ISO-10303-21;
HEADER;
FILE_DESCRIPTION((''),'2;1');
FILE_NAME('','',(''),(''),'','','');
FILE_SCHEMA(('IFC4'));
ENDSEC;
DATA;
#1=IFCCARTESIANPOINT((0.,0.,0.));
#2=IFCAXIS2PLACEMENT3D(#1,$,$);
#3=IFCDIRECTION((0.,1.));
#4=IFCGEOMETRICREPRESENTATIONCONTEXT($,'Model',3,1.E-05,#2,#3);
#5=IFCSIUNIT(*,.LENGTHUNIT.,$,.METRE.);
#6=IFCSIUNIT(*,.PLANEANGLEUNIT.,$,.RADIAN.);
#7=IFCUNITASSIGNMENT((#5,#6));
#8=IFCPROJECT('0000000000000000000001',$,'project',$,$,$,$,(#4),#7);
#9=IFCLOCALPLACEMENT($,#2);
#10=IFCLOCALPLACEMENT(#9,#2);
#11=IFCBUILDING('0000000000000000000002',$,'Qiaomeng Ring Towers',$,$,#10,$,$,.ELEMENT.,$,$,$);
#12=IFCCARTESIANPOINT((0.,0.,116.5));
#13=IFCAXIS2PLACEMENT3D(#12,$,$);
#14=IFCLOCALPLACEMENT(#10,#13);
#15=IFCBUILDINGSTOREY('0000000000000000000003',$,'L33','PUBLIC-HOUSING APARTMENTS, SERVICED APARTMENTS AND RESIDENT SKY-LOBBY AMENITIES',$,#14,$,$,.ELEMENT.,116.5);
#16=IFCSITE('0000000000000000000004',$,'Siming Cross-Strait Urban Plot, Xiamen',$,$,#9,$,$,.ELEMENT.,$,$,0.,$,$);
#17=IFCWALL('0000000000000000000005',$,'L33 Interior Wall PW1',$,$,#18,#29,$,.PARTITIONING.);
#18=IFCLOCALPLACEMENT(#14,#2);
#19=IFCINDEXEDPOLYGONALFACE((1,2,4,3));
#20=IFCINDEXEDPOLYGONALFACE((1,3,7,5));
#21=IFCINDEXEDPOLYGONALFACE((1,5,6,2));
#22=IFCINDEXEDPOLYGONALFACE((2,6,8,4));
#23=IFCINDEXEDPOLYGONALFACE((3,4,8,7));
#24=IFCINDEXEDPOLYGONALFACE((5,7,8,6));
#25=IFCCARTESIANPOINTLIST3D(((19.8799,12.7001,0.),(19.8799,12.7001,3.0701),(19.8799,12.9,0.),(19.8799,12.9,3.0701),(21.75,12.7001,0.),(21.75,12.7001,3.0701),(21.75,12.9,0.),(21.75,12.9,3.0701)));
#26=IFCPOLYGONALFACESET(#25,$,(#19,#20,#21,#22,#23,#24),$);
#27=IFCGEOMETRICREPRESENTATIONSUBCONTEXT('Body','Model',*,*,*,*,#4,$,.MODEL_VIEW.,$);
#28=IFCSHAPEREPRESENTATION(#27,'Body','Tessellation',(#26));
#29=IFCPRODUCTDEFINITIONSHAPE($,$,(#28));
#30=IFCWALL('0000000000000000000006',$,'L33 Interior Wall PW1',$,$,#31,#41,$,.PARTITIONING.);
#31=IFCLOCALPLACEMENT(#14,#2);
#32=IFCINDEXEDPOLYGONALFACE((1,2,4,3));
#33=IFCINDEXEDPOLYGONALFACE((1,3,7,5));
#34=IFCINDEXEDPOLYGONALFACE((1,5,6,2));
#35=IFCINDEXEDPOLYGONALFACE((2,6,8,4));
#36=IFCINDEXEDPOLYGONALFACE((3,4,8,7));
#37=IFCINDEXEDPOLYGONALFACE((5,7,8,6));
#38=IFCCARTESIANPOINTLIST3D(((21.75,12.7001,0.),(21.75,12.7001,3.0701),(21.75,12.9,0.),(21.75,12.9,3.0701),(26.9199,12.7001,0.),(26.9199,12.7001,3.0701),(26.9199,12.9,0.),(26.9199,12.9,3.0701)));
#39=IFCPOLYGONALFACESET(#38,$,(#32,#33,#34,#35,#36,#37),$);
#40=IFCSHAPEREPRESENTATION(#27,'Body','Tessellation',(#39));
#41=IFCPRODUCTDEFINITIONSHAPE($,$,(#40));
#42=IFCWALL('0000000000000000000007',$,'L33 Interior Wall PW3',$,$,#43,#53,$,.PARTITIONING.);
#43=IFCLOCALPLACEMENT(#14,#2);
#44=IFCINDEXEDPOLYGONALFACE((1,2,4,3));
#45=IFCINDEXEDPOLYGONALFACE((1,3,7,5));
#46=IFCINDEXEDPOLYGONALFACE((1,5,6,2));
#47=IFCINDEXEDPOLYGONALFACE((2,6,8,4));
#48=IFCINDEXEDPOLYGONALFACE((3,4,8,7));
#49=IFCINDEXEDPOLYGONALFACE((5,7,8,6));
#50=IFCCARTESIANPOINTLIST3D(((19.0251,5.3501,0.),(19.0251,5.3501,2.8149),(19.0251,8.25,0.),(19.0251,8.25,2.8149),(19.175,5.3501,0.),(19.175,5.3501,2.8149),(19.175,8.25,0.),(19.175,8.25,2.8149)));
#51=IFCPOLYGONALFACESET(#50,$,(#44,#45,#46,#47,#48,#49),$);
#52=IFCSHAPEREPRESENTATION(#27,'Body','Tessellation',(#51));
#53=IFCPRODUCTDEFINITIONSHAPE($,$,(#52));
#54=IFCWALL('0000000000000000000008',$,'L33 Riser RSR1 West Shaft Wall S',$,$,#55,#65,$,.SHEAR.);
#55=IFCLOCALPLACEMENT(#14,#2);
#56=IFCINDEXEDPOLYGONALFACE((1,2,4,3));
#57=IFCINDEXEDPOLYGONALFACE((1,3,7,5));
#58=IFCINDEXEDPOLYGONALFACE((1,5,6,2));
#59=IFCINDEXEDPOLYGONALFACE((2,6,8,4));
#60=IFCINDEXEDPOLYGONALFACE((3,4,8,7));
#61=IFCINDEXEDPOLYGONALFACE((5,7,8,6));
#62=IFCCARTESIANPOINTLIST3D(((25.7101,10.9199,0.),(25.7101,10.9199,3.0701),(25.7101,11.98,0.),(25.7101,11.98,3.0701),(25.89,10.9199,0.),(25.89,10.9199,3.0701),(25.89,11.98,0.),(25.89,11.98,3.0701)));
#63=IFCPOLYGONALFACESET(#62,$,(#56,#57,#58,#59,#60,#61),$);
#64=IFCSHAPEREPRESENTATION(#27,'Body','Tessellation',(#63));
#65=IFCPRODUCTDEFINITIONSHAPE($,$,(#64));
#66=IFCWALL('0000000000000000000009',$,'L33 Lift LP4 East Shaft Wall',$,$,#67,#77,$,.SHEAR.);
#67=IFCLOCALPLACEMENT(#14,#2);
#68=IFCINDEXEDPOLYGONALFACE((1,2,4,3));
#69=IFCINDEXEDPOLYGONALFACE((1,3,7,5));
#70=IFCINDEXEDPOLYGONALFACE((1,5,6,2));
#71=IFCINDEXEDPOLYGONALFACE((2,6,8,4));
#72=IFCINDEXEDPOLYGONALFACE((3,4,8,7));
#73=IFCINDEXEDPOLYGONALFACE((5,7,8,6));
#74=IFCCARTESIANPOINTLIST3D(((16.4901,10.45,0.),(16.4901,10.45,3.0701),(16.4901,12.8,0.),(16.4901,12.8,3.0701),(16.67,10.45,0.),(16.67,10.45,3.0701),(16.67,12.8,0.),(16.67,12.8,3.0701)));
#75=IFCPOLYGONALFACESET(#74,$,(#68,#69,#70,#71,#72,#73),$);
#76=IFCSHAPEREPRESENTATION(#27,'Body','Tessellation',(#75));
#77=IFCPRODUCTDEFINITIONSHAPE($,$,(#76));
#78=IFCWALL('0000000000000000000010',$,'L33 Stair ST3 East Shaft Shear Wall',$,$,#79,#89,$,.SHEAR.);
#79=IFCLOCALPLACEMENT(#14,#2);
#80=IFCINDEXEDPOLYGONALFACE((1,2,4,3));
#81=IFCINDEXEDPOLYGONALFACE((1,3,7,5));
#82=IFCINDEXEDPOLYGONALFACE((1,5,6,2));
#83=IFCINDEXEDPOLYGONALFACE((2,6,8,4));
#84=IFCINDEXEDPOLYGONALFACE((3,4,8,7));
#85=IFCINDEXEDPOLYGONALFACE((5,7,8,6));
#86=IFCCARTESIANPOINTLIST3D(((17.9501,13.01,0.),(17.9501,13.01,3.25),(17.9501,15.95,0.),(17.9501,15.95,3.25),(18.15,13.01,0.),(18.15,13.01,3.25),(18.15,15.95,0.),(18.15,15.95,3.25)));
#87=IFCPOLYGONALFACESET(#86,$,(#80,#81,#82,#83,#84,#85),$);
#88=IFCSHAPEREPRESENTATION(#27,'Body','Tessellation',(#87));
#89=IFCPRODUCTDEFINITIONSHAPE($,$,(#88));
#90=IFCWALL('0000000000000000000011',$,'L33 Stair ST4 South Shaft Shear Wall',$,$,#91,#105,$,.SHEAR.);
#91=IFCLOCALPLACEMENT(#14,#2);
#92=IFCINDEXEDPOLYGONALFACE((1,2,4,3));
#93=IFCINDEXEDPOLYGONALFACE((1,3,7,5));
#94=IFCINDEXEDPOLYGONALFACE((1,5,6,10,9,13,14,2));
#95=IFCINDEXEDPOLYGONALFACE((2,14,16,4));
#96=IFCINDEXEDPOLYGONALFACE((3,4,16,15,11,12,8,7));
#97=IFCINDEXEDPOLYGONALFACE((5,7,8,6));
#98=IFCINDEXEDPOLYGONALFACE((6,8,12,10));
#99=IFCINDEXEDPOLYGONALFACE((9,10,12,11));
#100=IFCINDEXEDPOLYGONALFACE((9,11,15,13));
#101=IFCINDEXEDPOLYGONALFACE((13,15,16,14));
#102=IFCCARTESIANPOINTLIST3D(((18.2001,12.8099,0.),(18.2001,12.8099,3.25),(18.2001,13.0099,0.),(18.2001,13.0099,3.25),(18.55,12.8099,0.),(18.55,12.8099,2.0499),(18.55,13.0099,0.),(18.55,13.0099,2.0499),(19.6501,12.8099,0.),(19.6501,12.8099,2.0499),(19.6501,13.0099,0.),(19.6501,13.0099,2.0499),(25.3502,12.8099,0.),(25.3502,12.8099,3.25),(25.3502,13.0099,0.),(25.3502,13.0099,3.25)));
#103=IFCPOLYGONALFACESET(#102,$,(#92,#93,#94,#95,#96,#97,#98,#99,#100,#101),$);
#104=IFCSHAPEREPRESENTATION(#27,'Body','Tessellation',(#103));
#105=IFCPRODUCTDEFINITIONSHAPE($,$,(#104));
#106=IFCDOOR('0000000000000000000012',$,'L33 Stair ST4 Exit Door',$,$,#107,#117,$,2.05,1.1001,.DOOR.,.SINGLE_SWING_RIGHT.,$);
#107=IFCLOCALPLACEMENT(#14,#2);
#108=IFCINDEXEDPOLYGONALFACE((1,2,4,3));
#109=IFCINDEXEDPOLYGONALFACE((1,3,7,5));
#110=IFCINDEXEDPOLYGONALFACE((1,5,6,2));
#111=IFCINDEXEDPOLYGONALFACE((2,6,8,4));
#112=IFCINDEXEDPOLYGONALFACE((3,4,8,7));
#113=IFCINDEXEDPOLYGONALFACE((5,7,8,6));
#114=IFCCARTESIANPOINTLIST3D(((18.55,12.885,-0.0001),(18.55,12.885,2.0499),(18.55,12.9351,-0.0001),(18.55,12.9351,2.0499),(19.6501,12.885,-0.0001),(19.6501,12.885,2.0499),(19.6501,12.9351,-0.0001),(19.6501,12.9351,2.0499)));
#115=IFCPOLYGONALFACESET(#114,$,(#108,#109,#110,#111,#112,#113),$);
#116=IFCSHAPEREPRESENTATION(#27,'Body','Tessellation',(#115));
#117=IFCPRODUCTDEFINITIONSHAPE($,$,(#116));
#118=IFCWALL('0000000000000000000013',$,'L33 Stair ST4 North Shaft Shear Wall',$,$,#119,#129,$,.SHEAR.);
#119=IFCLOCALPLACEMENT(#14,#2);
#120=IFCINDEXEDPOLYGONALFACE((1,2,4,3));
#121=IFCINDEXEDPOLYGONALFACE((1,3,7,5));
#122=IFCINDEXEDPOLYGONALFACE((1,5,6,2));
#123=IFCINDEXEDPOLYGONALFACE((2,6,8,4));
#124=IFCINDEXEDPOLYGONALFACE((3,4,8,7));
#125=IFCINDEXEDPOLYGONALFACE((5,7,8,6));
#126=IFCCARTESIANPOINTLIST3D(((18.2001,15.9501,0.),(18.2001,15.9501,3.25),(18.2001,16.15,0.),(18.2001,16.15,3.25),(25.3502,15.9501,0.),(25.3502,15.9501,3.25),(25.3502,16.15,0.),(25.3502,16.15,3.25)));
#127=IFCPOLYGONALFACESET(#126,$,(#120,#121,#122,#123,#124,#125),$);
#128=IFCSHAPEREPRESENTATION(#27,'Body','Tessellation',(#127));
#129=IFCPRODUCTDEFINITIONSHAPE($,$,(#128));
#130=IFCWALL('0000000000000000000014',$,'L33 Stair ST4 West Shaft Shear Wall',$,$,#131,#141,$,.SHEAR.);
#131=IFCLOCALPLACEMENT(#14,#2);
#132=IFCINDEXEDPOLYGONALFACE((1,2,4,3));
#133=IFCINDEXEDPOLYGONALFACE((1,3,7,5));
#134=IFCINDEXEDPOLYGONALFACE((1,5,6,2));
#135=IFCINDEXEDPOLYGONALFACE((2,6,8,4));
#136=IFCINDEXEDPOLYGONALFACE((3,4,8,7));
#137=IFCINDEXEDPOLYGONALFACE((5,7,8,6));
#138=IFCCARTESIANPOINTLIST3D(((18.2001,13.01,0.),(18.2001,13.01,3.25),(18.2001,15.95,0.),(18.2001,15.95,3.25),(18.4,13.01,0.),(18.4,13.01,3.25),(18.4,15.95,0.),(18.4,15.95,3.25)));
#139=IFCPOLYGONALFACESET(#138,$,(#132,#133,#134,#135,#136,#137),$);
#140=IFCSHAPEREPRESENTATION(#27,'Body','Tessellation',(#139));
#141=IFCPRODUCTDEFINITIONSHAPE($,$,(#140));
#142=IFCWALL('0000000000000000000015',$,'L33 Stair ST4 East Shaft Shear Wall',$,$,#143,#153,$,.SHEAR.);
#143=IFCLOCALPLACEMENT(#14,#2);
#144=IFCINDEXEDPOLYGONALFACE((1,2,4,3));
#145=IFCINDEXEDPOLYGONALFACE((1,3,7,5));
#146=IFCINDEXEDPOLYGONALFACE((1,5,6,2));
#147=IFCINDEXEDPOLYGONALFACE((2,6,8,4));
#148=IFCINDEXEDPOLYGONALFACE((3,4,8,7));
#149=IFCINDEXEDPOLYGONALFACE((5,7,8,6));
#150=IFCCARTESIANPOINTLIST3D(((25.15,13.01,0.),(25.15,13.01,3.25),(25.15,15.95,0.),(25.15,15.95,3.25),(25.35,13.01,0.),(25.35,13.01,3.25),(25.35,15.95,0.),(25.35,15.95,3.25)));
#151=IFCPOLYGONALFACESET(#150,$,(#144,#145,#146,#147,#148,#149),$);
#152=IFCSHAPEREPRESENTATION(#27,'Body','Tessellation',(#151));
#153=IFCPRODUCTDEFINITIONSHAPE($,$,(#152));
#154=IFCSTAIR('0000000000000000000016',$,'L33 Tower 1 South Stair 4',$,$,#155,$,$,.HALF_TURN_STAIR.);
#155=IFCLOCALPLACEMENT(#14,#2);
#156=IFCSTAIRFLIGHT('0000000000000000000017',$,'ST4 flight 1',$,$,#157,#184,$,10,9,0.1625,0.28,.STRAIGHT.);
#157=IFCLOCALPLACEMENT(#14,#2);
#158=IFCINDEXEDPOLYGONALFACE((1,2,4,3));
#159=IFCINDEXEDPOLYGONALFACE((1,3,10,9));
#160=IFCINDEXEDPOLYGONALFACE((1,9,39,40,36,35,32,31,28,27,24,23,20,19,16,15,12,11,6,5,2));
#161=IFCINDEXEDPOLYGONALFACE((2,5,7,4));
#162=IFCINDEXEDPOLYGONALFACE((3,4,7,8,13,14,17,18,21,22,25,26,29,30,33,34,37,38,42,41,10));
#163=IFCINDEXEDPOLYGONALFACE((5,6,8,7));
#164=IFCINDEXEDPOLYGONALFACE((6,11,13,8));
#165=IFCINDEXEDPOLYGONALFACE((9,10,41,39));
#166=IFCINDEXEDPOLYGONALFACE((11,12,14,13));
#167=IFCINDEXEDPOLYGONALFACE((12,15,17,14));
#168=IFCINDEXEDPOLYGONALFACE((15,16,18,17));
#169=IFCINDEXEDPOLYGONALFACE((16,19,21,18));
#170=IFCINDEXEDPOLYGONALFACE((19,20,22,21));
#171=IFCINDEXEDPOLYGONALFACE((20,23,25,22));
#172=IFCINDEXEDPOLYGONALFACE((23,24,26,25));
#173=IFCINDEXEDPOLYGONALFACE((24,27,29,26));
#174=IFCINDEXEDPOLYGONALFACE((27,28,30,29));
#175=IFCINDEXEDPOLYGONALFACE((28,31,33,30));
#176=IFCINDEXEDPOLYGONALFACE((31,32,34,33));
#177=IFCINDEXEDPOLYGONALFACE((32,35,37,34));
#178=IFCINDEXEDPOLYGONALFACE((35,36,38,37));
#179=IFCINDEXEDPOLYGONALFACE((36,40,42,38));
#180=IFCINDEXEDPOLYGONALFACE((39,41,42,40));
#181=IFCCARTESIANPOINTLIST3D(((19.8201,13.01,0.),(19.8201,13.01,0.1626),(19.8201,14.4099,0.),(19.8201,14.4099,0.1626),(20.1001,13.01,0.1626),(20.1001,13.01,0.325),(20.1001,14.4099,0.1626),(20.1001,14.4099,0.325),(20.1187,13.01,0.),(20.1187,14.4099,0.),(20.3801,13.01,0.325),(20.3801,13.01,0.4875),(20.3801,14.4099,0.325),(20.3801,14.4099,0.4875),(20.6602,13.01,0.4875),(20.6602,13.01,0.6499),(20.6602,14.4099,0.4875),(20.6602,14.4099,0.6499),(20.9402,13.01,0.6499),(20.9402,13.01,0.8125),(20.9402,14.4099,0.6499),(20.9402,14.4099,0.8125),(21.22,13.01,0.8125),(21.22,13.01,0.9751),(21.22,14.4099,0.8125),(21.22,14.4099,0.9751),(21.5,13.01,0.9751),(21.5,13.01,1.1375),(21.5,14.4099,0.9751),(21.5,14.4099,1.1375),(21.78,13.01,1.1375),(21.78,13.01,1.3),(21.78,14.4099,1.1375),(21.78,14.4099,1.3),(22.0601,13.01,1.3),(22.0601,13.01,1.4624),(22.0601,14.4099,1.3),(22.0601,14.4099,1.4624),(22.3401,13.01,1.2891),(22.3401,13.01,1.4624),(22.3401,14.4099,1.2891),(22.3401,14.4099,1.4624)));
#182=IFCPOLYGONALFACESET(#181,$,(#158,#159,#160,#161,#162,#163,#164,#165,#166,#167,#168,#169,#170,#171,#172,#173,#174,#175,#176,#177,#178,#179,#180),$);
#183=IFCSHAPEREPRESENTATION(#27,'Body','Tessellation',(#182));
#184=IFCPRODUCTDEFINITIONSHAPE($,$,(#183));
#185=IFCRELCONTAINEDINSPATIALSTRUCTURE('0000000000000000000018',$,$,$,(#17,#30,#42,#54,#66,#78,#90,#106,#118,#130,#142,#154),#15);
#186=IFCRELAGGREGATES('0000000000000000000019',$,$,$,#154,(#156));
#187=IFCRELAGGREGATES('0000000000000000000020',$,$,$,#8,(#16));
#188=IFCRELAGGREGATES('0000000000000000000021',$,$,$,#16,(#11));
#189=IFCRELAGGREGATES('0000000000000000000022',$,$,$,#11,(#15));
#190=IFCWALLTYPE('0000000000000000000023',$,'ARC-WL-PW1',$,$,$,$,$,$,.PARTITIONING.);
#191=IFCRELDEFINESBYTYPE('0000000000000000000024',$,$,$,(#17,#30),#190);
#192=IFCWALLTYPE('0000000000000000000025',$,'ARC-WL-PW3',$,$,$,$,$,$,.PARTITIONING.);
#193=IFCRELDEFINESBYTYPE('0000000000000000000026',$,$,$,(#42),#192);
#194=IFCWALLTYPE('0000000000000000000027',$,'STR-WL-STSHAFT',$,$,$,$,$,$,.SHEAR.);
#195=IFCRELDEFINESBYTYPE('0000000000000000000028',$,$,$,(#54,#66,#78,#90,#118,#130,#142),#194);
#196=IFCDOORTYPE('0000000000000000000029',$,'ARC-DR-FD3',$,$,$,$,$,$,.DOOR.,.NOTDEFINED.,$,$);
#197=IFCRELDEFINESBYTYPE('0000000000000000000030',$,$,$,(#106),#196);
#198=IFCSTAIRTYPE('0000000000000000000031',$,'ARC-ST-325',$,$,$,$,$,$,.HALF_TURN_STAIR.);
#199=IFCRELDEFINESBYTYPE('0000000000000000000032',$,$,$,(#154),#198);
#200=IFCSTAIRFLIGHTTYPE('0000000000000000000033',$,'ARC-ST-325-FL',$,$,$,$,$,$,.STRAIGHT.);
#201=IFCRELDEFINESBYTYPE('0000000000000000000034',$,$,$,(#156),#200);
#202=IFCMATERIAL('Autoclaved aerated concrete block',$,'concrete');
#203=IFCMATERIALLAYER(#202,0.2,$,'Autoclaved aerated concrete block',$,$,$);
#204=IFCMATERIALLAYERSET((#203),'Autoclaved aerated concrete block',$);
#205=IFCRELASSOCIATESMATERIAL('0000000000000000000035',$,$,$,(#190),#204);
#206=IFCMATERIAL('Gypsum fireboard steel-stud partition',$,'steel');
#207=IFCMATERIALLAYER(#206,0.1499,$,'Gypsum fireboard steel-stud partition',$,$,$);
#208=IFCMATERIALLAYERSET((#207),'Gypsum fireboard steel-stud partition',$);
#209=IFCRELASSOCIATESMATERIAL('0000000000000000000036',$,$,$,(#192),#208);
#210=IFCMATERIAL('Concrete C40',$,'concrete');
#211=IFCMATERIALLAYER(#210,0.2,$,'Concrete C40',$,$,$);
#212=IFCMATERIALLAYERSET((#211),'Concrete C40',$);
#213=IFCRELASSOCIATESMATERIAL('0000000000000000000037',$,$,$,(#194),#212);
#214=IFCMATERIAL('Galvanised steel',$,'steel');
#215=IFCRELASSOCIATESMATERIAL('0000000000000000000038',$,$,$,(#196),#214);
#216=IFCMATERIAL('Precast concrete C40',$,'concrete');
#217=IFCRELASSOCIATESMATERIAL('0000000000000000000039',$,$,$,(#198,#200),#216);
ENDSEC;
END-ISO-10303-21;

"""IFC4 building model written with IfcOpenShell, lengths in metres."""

from ifc_helpers import new_model, si_unit, direction, frame, frame_2d, origin, place, context, subcontext, project, spatial, polyline, rectangle, outline, extrude, source, transform, mapped, material, layer, layer_set, type_object, element, fill, aggregate, save


model = new_model("IFC4")

# Units and contexts
model_context = context("Model", 3, precision=1e-05, world=origin(), true_north=direction((0.0, 1.0)))
body_context = subcontext(model_context, "Body", "Model", "MODEL_VIEW")
ifc_project = project(units=[si_unit("LENGTHUNIT", "METRE"), si_unit("PLANEANGLEUNIT", "RADIAN")], contexts=[model_context])

# Site, building, storey
site_placement = place(None, origin())
site = spatial("IfcSite", under=ifc_project, at=site_placement, Name="Siming Cross-Strait Urban Plot, Xiamen", CompositionType="ELEMENT", RefElevation=0.0)
building_placement = place(site_placement, origin())
building = spatial("IfcBuilding", under=site, at=building_placement, Name="Qiaomeng Ring Towers", CompositionType="ELEMENT")
storey_placement = place(building_placement, frame((0.0, 0.0, 116.5)))
storey = spatial("IfcBuildingStorey", under=building, at=storey_placement, Name="L33", Description="PUBLIC-HOUSING APARTMENTS, SERVICED APARTMENTS AND RESIDENT SKY-LOBBY AMENITIES", CompositionType="ELEMENT", Elevation=116.5)

# Walls
ifc_material_1 = material(Name="Autoclaved aerated concrete block", Category="concrete")
ifc_layer_1 = layer(ifc_material_1, 0.2, Name="Autoclaved aerated concrete block")
ifc_layer_set_1 = layer_set([ifc_layer_1], Name="Autoclaved aerated concrete block")
wall_type_1 = type_object("IfcWallType", Name="ARC-WL-PW1", PredefinedType="PARTITIONING", material=ifc_layer_set_1)
wall_1_placement = place(storey_placement, frame((19.8799, 12.8, 0.0), z_axis=(0.0, 0.0, 1.0), x_axis=(1.0, 0.0, 0.0)))
element("IfcWall", 1, at=wall_1_placement, inside=storey, type_object=wall_type_1, Name="L33 Interior Wall PW1", PredefinedType="PARTITIONING", context=body_context, shape_type="SweptSolid", body=[
    extrude(rectangle(XDim=1.8701, YDim=0.2, at=frame_2d((0.9351, 0.0))), origin(), (0.0, 0.0, 1.0), 3.0701),
])
wall_2_placement = place(storey_placement, frame((21.75, 12.8, 0.0), z_axis=(0.0, 0.0, 1.0), x_axis=(1.0, 0.0, 0.0)))
element("IfcWall", 2, at=wall_2_placement, inside=storey, type_object=wall_type_1, Name="L33 Interior Wall PW1", PredefinedType="PARTITIONING", context=body_context, shape_type="SweptSolid", body=[
    extrude(rectangle(XDim=5.1699, YDim=0.2, at=frame_2d((2.585, 0.0))), origin(), (0.0, 0.0, 1.0), 3.0701),
])
ifc_material_2 = material(Name="Gypsum fireboard steel-stud partition", Category="steel")
ifc_layer_2 = layer(ifc_material_2, 0.1499, Name="Gypsum fireboard steel-stud partition")
ifc_layer_set_2 = layer_set([ifc_layer_2], Name="Gypsum fireboard steel-stud partition")
wall_type_2 = type_object("IfcWallType", Name="ARC-WL-PW3", PredefinedType="PARTITIONING", material=ifc_layer_set_2)
wall_3_placement = place(storey_placement, frame((19.1001, 5.3501, 0.0), z_axis=(0.0, 0.0, 1.0), x_axis=(0.0, 1.0, 0.0)))
element("IfcWall", 3, at=wall_3_placement, inside=storey, type_object=wall_type_2, Name="L33 Interior Wall PW3", PredefinedType="PARTITIONING", context=body_context, shape_type="SweptSolid", body=[
    extrude(rectangle(XDim=2.8999, YDim=0.1499, at=frame_2d((1.45, 0.0))), origin(), (0.0, 0.0, 1.0), 2.8149),
])
ifc_material_3 = material(Name="Concrete C40", Category="concrete")
ifc_layer_3 = layer(ifc_material_3, 0.2, Name="Concrete C40")
ifc_layer_set_3 = layer_set([ifc_layer_3], Name="Concrete C40")
wall_type_3 = type_object("IfcWallType", Name="STR-WL-STSHAFT", PredefinedType="SHEAR", material=ifc_layer_set_3)
wall_4_placement = place(storey_placement, frame((25.8, 10.9199, 0.0), z_axis=(0.0, 0.0, 1.0), x_axis=(0.0, 1.0, 0.0)))
element("IfcWall", 4, at=wall_4_placement, inside=storey, type_object=wall_type_3, Name="L33 Riser RSR1 West Shaft Wall S", PredefinedType="SHEAR", context=body_context, shape_type="SweptSolid", body=[
    extrude(rectangle(XDim=1.0601, YDim=0.1799, at=frame_2d((0.53, 0.0))), origin(), (0.0, 0.0, 1.0), 3.0701),
])
wall_5_placement = place(storey_placement, frame((16.5801, 10.45, 0.0), z_axis=(0.0, 0.0, 1.0), x_axis=(0.0, 1.0, 0.0)))
element("IfcWall", 5, at=wall_5_placement, inside=storey, type_object=wall_type_3, Name="L33 Lift LP4 East Shaft Wall", PredefinedType="SHEAR", context=body_context, shape_type="SweptSolid", body=[
    extrude(rectangle(XDim=2.3501, YDim=0.1799, at=frame_2d((1.175, 0.0))), origin(), (0.0, 0.0, 1.0), 3.0701),
])
wall_6_placement = place(storey_placement, frame((18.05, 13.01, 0.0), z_axis=(0.0, 0.0, 1.0), x_axis=(0.0, 1.0, 0.0)))
element("IfcWall", 6, at=wall_6_placement, inside=storey, type_object=wall_type_3, Name="L33 Stair ST3 East Shaft Shear Wall", PredefinedType="SHEAR", context=body_context, shape_type="SweptSolid", body=[
    extrude(rectangle(XDim=2.9399, YDim=0.2, at=frame_2d((1.47, 0.0))), origin(), (0.0, 0.0, 1.0), 3.25),
])

# Wall, opening, door
wall_7_placement = place(storey_placement, frame((18.2, 12.9099, 0.0), z_axis=(0.0, 0.0, 1.0), x_axis=(1.0, 0.0, 0.0)))
wall_7 = element("IfcWall", 7, at=wall_7_placement, inside=storey, type_object=wall_type_3, Name="L33 Stair ST4 South Shaft Shear Wall", PredefinedType="SHEAR", context=body_context, shape_type="SweptSolid", body=[
    extrude(rectangle(XDim=7.1501, YDim=0.2, at=frame_2d((3.5752, 0.0))), origin(), (0.0, 0.0, 1.0), 3.25),
])
opening_placement = place(wall_7_placement, frame((0.3501, 0.0, 0.0)))
opening = element("IfcOpeningElement", 8, at=opening_placement, cuts=wall_7, PredefinedType="OPENING", context=body_context, shape_type="SweptSolid", body=[
    extrude(rectangle(XDim=1.1001, YDim=2.05, at=frame_2d((0.55, 1.0249))), frame((0.0, 0.1099, 0.0), z_axis=(0.0, -1.0, 0.0), x_axis=(1.0, 0.0, 0.0)), (0.0, 0.0, 1.0), 0.22),
])
ifc_material_4 = material(Name="Galvanised steel", Category="steel")
door_type = type_object("IfcDoorType", Name="ARC-DR-FD3", OperationType="NOTDEFINED", PredefinedType="DOOR", material=ifc_material_4)
shared_shape_1 = source(origin(), body_context, "Body", "SweptSolid", [
    extrude(rectangle(XDim=1.1001, YDim=2.05, at=frame_2d((0.55, 1.0249))), frame((0.0, 0.0249, 0.0), z_axis=(0.0, -1.0, 0.0), x_axis=(1.0, 0.0, 0.0)), (0.0, 0.0, 1.0), 0.05),
])
door_placement = place(opening_placement, frame((1.1001, 0.0, 0.0), z_axis=(0.0, 0.0, 1.0), x_axis=(-1.0, 0.0, 0.0)))
door = element("IfcDoor", 9, at=door_placement, inside=storey, type_object=door_type, Name="L33 Stair ST4 Exit Door", OperationType="SINGLE_SWING_RIGHT", OverallHeight=2.05, OverallWidth=1.1001, PredefinedType="DOOR", context=body_context, shape_type="MappedRepresentation", body=[
    mapped(shared_shape_1, transform((0.0, 0.0, 0.0), x_axis=(1.0, 0.0, 0.0), y_axis=(0.0, 1.0, 0.0), z_axis=(0.0, 0.0, 1.0), scale=1.0)),
])
fill(opening, door)

# Walls
wall_8_placement = place(storey_placement, frame((18.2, 16.05, 0.0), z_axis=(0.0, 0.0, 1.0), x_axis=(1.0, 0.0, 0.0)))
element("IfcWall", 10, at=wall_8_placement, inside=storey, type_object=wall_type_3, Name="L33 Stair ST4 North Shaft Shear Wall", PredefinedType="SHEAR", context=body_context, shape_type="SweptSolid", body=[
    extrude(rectangle(XDim=7.1501, YDim=0.2, at=frame_2d((3.5752, 0.0))), origin(), (0.0, 0.0, 1.0), 3.25),
])
for number, where, z_axis, x_axis, name in (
    (11, (18.3, 13.01, 0.0), (0.0, 0.0, 1.0), (0.0, 1.0, 0.0), "L33 Stair ST4 West Shaft Shear Wall"),
    (12, (25.25, 13.01, 0.0), (0.0, 0.0, 1.0), (0.0, 1.0, 0.0), "L33 Stair ST4 East Shaft Shear Wall"),
):
    element("IfcWall", number, at=place(storey_placement, frame(where, z_axis=z_axis, x_axis=x_axis)), inside=storey, type_object=wall_type_3, Name=name, PredefinedType="SHEAR", context=body_context, shape_type="SweptSolid", body=[
        extrude(rectangle(XDim=2.9399, YDim=0.2, at=frame_2d((1.47, 0.0))), origin(), (0.0, 0.0, 1.0), 3.25),
    ])

# Stair, stair flight
ifc_material_5 = material(Name="Precast concrete C40", Category="concrete")
stair_type = type_object("IfcStairType", Name="ARC-ST-325", PredefinedType="HALF_TURN_STAIR", material=ifc_material_5)
stair_placement = place(storey_placement, origin())
stair = element("IfcStair", 13, at=stair_placement, inside=storey, type_object=stair_type, Name="L33 Tower 1 South Stair 4", PredefinedType="HALF_TURN_STAIR")
stair_flight_type = type_object("IfcStairFlightType", Name="ARC-ST-325-FL", PredefinedType="STRAIGHT", material=ifc_material_5)
shared_shape_2 = source(origin(), body_context, "Body", "SweptSolid", [
    extrude(outline(polyline([(0.0, 0.0), (0.0, 0.1626), (0.28, 0.1626), (0.28, 0.325), (0.5601, 0.325), (0.5601, 0.4875), (0.8401, 0.4875), (0.8401, 0.6499), (1.1201, 0.6499), (1.1201, 0.8125), (1.3999, 0.8125), (1.3999, 0.9751), (1.6799, 0.9751), (1.6799, 1.1375), (1.96, 1.1375), (1.96, 1.3), (2.24, 1.3), (2.24, 1.4624), (2.52, 1.4624), (2.52, 1.625), (2.52, 1.2891), (0.2986, 0.0), (0.0, 0.0)])), frame((0.0, 0.7, 0.0), z_axis=(0.0, -1.0, 0.0), x_axis=(1.0, 0.0, 0.0)), (0.0, 0.0, 1.0), 1.3999),
])
stair_flight_1_placement = place(storey_placement, frame((19.8201, 13.71, 0.0), z_axis=(0.0, 0.0, 1.0), x_axis=(1.0, 0.0, 0.0)))
stair_flight_1 = element("IfcStairFlight", 14, at=stair_flight_1_placement, type_object=stair_flight_type, Name="ST4 flight 1", NumberOfRisers=10, NumberOfTreads=9, PredefinedType="STRAIGHT", RiserHeight=0.1625, TreadLength=0.28, context=body_context, shape_type="MappedRepresentation", body=[
    mapped(shared_shape_2, transform((0.0, 0.0, 0.0), x_axis=(1.0, 0.0, 0.0), y_axis=(0.0, 1.0, 0.0), z_axis=(0.0, 0.0, 1.0), scale=1.0)),
])
aggregate(stair, [stair_flight_1])

save(model, "model.ifc")
